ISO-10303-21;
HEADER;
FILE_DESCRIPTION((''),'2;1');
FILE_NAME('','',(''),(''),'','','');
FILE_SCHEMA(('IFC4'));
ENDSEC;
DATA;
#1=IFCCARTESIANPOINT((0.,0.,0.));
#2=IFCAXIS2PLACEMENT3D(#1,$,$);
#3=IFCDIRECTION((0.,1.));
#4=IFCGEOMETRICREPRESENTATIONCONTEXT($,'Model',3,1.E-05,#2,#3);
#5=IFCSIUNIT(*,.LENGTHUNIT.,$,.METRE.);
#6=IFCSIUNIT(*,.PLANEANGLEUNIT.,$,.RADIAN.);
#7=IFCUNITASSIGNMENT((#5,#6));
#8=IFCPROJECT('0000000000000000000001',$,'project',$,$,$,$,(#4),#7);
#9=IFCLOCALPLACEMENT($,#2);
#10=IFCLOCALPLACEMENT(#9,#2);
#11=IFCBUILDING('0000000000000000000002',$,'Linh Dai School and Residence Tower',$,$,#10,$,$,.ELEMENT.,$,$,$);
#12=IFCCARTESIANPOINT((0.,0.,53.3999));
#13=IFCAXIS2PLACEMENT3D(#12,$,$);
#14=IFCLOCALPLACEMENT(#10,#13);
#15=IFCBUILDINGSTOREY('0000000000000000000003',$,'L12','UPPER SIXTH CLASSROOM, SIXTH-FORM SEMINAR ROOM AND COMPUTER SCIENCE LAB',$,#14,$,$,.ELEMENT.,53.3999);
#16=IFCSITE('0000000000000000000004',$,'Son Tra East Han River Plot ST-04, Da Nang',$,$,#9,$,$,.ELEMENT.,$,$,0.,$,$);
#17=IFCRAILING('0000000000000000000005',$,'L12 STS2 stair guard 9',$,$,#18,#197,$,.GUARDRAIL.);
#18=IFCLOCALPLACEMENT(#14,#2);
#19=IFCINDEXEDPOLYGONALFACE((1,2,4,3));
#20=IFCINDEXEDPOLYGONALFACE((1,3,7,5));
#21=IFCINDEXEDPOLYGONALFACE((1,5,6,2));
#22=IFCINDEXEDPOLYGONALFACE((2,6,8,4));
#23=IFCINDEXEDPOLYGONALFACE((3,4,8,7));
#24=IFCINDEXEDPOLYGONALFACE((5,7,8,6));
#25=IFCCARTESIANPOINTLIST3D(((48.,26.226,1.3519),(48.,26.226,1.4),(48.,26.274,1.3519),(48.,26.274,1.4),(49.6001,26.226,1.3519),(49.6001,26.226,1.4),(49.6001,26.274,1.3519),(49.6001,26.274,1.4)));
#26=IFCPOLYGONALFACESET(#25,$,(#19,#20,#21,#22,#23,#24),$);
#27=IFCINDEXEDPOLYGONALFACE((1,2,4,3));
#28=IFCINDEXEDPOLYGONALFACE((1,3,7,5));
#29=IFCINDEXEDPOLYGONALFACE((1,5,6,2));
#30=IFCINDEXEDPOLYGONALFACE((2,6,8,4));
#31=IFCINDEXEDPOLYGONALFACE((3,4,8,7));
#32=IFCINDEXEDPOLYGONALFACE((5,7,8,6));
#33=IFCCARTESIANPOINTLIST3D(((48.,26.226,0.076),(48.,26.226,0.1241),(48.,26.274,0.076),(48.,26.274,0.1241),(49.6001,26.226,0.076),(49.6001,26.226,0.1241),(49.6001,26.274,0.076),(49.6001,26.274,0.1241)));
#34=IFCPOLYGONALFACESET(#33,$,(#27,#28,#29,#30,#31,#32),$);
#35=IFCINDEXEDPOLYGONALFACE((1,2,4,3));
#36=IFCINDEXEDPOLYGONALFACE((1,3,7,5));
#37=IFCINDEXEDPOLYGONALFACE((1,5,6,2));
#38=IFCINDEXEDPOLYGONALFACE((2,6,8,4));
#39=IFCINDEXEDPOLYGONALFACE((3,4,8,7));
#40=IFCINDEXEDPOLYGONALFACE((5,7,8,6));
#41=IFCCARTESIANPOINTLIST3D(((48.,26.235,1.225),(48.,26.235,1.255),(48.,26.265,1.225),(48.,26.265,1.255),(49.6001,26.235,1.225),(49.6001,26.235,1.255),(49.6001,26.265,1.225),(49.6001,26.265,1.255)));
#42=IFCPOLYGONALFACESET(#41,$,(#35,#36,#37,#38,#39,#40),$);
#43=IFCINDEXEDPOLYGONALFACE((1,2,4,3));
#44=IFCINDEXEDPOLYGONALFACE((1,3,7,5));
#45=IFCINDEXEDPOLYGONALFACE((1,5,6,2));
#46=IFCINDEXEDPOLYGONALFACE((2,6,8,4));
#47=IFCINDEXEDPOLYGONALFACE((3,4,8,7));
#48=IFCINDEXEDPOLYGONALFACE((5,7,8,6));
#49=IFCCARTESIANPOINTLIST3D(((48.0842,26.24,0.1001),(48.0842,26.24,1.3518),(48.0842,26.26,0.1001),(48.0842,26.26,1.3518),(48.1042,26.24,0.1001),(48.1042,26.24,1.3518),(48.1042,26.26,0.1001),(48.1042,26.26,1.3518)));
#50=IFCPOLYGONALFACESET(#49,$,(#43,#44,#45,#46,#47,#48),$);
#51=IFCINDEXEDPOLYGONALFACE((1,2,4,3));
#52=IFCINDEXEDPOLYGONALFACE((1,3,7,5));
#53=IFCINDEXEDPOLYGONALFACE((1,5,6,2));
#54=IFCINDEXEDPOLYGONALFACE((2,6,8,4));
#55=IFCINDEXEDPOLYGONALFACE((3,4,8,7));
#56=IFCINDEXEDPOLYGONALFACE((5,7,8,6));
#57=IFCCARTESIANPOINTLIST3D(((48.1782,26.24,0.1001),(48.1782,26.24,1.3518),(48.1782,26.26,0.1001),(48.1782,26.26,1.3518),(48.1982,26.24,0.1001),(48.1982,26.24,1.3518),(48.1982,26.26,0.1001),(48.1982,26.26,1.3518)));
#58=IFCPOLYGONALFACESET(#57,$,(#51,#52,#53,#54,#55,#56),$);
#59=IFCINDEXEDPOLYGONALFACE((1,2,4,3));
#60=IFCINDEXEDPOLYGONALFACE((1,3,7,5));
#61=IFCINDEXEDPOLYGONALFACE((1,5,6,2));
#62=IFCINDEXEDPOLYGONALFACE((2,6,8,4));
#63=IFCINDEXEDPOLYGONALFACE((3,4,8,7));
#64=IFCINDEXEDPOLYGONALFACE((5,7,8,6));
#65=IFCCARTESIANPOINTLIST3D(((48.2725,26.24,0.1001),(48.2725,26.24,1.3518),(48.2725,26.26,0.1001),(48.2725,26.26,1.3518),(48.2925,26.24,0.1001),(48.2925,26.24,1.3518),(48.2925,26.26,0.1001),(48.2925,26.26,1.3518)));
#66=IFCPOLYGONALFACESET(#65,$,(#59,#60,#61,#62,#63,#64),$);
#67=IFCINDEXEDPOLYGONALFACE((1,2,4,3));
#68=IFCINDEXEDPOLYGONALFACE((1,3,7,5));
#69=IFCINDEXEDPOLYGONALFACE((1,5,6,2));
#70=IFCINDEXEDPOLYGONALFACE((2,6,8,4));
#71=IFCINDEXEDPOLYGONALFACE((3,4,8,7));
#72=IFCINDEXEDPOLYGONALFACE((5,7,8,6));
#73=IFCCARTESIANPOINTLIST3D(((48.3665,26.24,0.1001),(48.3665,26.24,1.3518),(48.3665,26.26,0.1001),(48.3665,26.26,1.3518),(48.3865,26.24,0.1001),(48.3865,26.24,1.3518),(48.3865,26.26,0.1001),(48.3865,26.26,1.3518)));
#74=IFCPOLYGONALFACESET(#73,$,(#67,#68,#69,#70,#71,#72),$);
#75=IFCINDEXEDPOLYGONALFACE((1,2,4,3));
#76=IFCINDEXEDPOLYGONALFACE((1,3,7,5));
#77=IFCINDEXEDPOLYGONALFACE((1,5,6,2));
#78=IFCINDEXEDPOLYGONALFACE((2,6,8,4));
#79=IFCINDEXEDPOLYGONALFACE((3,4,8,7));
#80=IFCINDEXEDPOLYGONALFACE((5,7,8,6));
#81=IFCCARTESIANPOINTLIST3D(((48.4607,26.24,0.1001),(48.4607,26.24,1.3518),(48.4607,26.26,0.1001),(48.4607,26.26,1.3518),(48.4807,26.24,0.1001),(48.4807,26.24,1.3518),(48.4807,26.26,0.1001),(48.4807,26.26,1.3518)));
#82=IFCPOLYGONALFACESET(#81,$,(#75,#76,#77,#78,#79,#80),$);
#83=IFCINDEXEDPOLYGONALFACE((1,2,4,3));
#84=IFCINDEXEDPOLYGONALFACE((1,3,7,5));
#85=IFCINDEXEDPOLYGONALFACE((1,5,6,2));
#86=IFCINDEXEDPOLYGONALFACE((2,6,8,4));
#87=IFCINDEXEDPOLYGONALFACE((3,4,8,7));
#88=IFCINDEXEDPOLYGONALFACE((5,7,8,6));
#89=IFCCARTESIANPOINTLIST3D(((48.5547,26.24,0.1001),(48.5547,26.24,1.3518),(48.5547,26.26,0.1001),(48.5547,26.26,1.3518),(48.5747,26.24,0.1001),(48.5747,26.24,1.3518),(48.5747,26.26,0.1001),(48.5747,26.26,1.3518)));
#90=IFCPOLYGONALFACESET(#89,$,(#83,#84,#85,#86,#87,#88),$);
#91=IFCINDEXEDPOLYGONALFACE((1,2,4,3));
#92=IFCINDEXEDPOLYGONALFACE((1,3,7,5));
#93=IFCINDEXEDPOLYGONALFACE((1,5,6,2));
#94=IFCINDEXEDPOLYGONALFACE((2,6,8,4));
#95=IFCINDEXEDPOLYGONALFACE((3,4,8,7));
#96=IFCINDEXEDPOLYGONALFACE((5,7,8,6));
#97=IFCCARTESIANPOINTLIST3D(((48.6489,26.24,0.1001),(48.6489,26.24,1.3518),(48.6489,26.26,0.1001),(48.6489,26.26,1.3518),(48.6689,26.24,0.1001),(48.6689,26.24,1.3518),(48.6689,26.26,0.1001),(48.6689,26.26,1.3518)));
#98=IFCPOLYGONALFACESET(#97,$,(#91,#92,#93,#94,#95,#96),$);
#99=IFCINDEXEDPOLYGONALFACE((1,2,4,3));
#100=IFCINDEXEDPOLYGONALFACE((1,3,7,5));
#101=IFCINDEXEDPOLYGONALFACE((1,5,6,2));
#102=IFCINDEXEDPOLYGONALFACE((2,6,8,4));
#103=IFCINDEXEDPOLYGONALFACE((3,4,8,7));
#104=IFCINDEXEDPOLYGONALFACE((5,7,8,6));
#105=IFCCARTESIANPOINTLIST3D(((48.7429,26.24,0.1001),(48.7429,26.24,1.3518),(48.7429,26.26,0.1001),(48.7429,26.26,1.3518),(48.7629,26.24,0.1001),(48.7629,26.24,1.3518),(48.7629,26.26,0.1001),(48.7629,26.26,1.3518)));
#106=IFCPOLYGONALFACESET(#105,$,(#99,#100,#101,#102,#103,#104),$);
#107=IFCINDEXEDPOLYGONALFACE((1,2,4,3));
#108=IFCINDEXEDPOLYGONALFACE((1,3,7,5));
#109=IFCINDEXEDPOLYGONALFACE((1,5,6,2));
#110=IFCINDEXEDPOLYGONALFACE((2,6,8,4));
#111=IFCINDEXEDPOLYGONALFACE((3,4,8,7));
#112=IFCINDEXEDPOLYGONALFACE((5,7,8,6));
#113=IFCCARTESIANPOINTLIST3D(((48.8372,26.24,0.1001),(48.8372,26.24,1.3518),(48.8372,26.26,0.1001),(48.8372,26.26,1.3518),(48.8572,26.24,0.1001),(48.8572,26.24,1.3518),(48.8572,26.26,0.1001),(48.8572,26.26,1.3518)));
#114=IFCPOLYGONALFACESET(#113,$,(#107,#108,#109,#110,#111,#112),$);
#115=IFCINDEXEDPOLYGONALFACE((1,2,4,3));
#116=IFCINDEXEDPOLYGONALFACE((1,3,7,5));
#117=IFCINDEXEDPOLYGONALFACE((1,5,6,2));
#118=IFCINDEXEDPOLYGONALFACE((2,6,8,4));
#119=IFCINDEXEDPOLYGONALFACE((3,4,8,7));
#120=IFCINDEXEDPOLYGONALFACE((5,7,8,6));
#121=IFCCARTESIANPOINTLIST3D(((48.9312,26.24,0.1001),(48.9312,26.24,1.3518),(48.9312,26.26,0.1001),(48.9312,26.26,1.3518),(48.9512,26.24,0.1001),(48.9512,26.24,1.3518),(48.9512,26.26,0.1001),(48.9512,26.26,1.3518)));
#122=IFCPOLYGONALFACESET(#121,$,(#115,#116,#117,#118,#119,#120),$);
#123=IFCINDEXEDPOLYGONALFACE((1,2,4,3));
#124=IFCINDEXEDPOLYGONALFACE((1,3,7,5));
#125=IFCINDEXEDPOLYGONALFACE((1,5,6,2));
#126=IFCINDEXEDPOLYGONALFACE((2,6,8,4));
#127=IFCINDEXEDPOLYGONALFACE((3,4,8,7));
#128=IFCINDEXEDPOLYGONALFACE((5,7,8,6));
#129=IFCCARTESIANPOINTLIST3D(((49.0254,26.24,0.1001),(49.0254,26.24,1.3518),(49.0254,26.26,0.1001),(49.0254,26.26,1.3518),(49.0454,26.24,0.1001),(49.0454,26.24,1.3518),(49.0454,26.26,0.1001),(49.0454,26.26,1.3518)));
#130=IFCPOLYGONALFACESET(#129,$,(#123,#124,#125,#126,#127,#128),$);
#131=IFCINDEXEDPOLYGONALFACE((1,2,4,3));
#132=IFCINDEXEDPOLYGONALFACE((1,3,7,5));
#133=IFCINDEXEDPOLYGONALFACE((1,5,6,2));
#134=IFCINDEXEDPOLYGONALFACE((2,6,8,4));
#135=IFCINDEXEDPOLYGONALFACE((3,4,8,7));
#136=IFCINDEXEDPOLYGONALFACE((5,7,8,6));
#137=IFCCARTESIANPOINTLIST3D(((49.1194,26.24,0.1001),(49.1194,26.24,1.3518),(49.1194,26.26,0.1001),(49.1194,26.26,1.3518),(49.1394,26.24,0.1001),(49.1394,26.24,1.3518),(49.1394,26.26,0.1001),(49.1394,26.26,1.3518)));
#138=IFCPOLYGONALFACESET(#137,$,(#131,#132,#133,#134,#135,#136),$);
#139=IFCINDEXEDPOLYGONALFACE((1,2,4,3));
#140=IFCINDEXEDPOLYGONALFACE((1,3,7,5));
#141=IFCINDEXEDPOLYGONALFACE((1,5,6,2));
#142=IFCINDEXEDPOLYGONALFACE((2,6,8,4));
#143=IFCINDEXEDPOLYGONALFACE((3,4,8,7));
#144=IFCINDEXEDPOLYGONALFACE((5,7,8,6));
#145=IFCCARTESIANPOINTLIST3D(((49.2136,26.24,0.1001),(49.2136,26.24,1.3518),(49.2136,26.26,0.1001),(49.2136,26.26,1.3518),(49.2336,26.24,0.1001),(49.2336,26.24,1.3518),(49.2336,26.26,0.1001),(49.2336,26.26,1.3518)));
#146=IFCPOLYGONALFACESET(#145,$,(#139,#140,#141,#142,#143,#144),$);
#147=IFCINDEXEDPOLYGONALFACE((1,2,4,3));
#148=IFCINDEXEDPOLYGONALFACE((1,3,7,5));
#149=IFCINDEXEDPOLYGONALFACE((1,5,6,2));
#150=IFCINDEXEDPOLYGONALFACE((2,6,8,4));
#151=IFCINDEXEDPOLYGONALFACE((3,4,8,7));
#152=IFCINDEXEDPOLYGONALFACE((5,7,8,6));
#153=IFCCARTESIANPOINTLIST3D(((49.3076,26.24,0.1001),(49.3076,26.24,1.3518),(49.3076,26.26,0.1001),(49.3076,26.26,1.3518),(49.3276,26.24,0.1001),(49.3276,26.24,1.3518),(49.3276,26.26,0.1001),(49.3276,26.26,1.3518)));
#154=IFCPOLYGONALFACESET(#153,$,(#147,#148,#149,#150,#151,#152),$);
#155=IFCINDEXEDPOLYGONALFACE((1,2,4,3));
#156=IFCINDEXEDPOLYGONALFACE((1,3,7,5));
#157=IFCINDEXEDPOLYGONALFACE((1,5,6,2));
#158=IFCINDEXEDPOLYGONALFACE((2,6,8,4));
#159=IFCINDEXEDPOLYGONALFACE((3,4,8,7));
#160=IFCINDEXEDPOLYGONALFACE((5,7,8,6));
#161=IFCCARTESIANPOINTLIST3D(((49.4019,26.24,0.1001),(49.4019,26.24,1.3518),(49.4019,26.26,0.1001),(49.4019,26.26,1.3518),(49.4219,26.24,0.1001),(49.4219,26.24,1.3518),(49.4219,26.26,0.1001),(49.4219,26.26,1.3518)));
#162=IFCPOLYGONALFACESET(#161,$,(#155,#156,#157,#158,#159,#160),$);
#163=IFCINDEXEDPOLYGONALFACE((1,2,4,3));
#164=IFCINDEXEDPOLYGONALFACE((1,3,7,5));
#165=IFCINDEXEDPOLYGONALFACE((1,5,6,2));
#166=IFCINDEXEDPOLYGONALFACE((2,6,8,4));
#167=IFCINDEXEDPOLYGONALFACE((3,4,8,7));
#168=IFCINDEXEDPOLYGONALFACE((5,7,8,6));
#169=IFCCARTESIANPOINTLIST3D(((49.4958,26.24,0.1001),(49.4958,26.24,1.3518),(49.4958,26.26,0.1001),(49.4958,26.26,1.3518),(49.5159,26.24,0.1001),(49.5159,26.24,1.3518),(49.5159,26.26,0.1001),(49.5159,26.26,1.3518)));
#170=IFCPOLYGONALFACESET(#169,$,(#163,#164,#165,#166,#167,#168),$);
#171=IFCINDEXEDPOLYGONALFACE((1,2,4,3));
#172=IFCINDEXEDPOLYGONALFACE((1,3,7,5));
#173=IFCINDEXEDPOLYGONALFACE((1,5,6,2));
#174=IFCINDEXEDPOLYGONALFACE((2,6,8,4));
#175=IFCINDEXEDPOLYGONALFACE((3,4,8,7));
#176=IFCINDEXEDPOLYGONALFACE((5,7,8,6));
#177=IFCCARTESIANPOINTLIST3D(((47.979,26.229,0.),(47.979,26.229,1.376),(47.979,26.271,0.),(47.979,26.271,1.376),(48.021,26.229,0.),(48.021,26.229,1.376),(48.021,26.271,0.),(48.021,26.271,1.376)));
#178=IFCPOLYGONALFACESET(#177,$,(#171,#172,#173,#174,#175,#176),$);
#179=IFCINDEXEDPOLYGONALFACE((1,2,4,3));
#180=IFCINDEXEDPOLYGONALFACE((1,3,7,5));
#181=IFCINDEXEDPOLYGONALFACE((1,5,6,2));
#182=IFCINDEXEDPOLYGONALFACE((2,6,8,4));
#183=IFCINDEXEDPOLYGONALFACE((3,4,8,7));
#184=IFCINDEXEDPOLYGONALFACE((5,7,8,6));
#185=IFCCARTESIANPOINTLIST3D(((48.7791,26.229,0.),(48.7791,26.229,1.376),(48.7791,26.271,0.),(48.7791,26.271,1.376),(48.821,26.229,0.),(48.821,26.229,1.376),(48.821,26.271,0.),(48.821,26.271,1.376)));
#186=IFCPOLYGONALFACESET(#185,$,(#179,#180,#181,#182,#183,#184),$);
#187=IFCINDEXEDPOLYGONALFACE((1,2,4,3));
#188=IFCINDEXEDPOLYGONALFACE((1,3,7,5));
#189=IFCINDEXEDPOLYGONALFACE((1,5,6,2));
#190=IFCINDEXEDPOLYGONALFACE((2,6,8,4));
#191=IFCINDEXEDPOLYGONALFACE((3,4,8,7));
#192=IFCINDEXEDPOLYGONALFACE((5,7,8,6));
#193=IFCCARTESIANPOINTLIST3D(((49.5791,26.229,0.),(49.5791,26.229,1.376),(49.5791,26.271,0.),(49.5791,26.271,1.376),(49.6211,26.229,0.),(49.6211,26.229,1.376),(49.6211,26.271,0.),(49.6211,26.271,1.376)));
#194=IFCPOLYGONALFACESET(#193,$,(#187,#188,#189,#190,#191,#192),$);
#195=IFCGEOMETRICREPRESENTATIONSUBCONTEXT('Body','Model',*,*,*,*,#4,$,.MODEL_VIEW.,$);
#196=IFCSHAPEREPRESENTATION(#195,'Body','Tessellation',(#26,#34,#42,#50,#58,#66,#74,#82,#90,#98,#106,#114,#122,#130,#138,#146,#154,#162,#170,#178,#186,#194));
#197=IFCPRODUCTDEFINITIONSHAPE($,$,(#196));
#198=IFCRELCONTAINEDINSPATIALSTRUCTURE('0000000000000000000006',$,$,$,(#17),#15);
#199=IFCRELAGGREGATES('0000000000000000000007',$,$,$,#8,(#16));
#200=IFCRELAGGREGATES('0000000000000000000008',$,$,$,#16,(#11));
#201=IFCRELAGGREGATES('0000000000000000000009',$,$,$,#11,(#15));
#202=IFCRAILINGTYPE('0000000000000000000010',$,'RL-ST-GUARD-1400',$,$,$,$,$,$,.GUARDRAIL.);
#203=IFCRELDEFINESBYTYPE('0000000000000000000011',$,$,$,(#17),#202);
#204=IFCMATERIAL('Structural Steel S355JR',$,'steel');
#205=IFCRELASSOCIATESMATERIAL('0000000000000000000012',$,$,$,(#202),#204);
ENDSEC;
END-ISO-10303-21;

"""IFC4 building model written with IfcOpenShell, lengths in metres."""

from ifc_helpers import new_model, si_unit, direction, frame, origin, origin_2d, place, context, subcontext, project, spatial, rectangle, extrude, source, transform, mapped, material, type_object, element, save


model = new_model("IFC4")

# Units and contexts
model_context = context("Model", 3, precision=1e-05, world=origin(), true_north=direction((0.0, 1.0)))
body_context = subcontext(model_context, "Body", "Model", "MODEL_VIEW")
ifc_project = project(units=[si_unit("LENGTHUNIT", "METRE"), si_unit("PLANEANGLEUNIT", "RADIAN")], contexts=[model_context])

# Site, building, storey
site_placement = place(None, origin())
site = spatial("IfcSite", under=ifc_project, at=site_placement, Name="Son Tra East Han River Plot ST-04, Da Nang", CompositionType="ELEMENT", RefElevation=0.0)
building_placement = place(site_placement, origin())
building = spatial("IfcBuilding", under=site, at=building_placement, Name="Linh Dai School and Residence Tower", CompositionType="ELEMENT")
storey_placement = place(building_placement, frame((0.0, 0.0, 53.3999)))
storey = spatial("IfcBuildingStorey", under=building, at=storey_placement, Name="L12", Description="UPPER SIXTH CLASSROOM, SIXTH-FORM SEMINAR ROOM AND COMPUTER SCIENCE LAB", CompositionType="ELEMENT", Elevation=53.3999)

# Shared definitions
ifc_material_1 = material(Name="Structural Steel S355JR", Category="steel")

# Railing
railing_type_1 = type_object("IfcRailingType", Name="RL-ST-GUARD-1400", PredefinedType="GUARDRAIL", material=ifc_material_1)
shared_shape_1 = source(origin(), body_context, "Body", "SweptSolid", [
    extrude(rectangle(XDim=0.0481, YDim=0.0481, at=origin_2d()), frame((0.0, 0.0, 1.376), z_axis=(1.0, 0.0, 0.0), x_axis=(0.0, 1.0, 0.0)), (0.0, 0.0, 1.0), 1.6001),
    extrude(rectangle(XDim=0.0481, YDim=0.0481, at=origin_2d()), frame((0.0, 0.0, 0.1001), z_axis=(1.0, 0.0, 0.0), x_axis=(0.0, 1.0, 0.0)), (0.0, 0.0, 1.0), 1.6001),
    extrude(rectangle(XDim=0.03, YDim=0.03, at=origin_2d()), frame((0.0, 0.0, 1.24), z_axis=(1.0, 0.0, 0.0), x_axis=(0.0, 1.0, 0.0)), (0.0, 0.0, 1.0), 1.6001),
    extrude(rectangle(XDim=0.02, YDim=0.02, at=origin_2d()), frame((0.0942, 0.0, 0.1001)), (0.0, 0.0, 1.0), 1.2517),
    extrude(rectangle(XDim=0.02, YDim=0.02, at=origin_2d()), frame((0.1882, 0.0, 0.1001)), (0.0, 0.0, 1.0), 1.2517),
    extrude(rectangle(XDim=0.02, YDim=0.02, at=origin_2d()), frame((0.2825, 0.0, 0.1001)), (0.0, 0.0, 1.0), 1.2517),
    extrude(rectangle(XDim=0.02, YDim=0.02, at=origin_2d()), frame((0.3765, 0.0, 0.1001)), (0.0, 0.0, 1.0), 1.2517),
    extrude(rectangle(XDim=0.02, YDim=0.02, at=origin_2d()), frame((0.4707, 0.0, 0.1001)), (0.0, 0.0, 1.0), 1.2517),
    extrude(rectangle(XDim=0.02, YDim=0.02, at=origin_2d()), frame((0.5647, 0.0, 0.1001)), (0.0, 0.0, 1.0), 1.2517),
    extrude(rectangle(XDim=0.02, YDim=0.02, at=origin_2d()), frame((0.6589, 0.0, 0.1001)), (0.0, 0.0, 1.0), 1.2517),
    extrude(rectangle(XDim=0.02, YDim=0.02, at=origin_2d()), frame((0.7529, 0.0, 0.1001)), (0.0, 0.0, 1.0), 1.2517),
    extrude(rectangle(XDim=0.02, YDim=0.02, at=origin_2d()), frame((0.8472, 0.0, 0.1001)), (0.0, 0.0, 1.0), 1.2517),
    extrude(rectangle(XDim=0.02, YDim=0.02, at=origin_2d()), frame((0.9412, 0.0, 0.1001)), (0.0, 0.0, 1.0), 1.2517),
    extrude(rectangle(XDim=0.02, YDim=0.02, at=origin_2d()), frame((1.0354, 0.0, 0.1001)), (0.0, 0.0, 1.0), 1.2517),
    extrude(rectangle(XDim=0.02, YDim=0.02, at=origin_2d()), frame((1.1294, 0.0, 0.1001)), (0.0, 0.0, 1.0), 1.2517),
    extrude(rectangle(XDim=0.02, YDim=0.02, at=origin_2d()), frame((1.2236, 0.0, 0.1001)), (0.0, 0.0, 1.0), 1.2517),
    extrude(rectangle(XDim=0.02, YDim=0.02, at=origin_2d()), frame((1.3176, 0.0, 0.1001)), (0.0, 0.0, 1.0), 1.2517),
    extrude(rectangle(XDim=0.02, YDim=0.02, at=origin_2d()), frame((1.4119, 0.0, 0.1001)), (0.0, 0.0, 1.0), 1.2517),
    extrude(rectangle(XDim=0.02, YDim=0.02, at=origin_2d()), frame((1.5059, 0.0, 0.1001)), (0.0, 0.0, 1.0), 1.2517),
    extrude(rectangle(XDim=0.042, YDim=0.042, at=origin_2d()), origin(), (0.0, 0.0, 1.0), 1.376),
    extrude(rectangle(XDim=0.042, YDim=0.042, at=origin_2d()), frame((0.8, 0.0, 0.0)), (0.0, 0.0, 1.0), 1.376),
    extrude(rectangle(XDim=0.042, YDim=0.042, at=origin_2d()), frame((1.6001, 0.0, 0.0)), (0.0, 0.0, 1.0), 1.376),
])
railing_1_placement = place(storey_placement, frame((48.0, 26.25, 0.0)))
element("IfcRailing", 1, at=railing_1_placement, inside=storey, type_object=railing_type_1, Name="L12 STS2 stair guard 9", PredefinedType="GUARDRAIL", context=body_context, shape_type="MappedRepresentation", body=[
    mapped(shared_shape_1, transform((0.0, 0.0, 0.0), x_axis=(1.0, 0.0, 0.0), y_axis=(0.0, 1.0, 0.0), z_axis=(0.0, 0.0, 1.0), scale=1.0)),
])

save(model, "model.ifc")
